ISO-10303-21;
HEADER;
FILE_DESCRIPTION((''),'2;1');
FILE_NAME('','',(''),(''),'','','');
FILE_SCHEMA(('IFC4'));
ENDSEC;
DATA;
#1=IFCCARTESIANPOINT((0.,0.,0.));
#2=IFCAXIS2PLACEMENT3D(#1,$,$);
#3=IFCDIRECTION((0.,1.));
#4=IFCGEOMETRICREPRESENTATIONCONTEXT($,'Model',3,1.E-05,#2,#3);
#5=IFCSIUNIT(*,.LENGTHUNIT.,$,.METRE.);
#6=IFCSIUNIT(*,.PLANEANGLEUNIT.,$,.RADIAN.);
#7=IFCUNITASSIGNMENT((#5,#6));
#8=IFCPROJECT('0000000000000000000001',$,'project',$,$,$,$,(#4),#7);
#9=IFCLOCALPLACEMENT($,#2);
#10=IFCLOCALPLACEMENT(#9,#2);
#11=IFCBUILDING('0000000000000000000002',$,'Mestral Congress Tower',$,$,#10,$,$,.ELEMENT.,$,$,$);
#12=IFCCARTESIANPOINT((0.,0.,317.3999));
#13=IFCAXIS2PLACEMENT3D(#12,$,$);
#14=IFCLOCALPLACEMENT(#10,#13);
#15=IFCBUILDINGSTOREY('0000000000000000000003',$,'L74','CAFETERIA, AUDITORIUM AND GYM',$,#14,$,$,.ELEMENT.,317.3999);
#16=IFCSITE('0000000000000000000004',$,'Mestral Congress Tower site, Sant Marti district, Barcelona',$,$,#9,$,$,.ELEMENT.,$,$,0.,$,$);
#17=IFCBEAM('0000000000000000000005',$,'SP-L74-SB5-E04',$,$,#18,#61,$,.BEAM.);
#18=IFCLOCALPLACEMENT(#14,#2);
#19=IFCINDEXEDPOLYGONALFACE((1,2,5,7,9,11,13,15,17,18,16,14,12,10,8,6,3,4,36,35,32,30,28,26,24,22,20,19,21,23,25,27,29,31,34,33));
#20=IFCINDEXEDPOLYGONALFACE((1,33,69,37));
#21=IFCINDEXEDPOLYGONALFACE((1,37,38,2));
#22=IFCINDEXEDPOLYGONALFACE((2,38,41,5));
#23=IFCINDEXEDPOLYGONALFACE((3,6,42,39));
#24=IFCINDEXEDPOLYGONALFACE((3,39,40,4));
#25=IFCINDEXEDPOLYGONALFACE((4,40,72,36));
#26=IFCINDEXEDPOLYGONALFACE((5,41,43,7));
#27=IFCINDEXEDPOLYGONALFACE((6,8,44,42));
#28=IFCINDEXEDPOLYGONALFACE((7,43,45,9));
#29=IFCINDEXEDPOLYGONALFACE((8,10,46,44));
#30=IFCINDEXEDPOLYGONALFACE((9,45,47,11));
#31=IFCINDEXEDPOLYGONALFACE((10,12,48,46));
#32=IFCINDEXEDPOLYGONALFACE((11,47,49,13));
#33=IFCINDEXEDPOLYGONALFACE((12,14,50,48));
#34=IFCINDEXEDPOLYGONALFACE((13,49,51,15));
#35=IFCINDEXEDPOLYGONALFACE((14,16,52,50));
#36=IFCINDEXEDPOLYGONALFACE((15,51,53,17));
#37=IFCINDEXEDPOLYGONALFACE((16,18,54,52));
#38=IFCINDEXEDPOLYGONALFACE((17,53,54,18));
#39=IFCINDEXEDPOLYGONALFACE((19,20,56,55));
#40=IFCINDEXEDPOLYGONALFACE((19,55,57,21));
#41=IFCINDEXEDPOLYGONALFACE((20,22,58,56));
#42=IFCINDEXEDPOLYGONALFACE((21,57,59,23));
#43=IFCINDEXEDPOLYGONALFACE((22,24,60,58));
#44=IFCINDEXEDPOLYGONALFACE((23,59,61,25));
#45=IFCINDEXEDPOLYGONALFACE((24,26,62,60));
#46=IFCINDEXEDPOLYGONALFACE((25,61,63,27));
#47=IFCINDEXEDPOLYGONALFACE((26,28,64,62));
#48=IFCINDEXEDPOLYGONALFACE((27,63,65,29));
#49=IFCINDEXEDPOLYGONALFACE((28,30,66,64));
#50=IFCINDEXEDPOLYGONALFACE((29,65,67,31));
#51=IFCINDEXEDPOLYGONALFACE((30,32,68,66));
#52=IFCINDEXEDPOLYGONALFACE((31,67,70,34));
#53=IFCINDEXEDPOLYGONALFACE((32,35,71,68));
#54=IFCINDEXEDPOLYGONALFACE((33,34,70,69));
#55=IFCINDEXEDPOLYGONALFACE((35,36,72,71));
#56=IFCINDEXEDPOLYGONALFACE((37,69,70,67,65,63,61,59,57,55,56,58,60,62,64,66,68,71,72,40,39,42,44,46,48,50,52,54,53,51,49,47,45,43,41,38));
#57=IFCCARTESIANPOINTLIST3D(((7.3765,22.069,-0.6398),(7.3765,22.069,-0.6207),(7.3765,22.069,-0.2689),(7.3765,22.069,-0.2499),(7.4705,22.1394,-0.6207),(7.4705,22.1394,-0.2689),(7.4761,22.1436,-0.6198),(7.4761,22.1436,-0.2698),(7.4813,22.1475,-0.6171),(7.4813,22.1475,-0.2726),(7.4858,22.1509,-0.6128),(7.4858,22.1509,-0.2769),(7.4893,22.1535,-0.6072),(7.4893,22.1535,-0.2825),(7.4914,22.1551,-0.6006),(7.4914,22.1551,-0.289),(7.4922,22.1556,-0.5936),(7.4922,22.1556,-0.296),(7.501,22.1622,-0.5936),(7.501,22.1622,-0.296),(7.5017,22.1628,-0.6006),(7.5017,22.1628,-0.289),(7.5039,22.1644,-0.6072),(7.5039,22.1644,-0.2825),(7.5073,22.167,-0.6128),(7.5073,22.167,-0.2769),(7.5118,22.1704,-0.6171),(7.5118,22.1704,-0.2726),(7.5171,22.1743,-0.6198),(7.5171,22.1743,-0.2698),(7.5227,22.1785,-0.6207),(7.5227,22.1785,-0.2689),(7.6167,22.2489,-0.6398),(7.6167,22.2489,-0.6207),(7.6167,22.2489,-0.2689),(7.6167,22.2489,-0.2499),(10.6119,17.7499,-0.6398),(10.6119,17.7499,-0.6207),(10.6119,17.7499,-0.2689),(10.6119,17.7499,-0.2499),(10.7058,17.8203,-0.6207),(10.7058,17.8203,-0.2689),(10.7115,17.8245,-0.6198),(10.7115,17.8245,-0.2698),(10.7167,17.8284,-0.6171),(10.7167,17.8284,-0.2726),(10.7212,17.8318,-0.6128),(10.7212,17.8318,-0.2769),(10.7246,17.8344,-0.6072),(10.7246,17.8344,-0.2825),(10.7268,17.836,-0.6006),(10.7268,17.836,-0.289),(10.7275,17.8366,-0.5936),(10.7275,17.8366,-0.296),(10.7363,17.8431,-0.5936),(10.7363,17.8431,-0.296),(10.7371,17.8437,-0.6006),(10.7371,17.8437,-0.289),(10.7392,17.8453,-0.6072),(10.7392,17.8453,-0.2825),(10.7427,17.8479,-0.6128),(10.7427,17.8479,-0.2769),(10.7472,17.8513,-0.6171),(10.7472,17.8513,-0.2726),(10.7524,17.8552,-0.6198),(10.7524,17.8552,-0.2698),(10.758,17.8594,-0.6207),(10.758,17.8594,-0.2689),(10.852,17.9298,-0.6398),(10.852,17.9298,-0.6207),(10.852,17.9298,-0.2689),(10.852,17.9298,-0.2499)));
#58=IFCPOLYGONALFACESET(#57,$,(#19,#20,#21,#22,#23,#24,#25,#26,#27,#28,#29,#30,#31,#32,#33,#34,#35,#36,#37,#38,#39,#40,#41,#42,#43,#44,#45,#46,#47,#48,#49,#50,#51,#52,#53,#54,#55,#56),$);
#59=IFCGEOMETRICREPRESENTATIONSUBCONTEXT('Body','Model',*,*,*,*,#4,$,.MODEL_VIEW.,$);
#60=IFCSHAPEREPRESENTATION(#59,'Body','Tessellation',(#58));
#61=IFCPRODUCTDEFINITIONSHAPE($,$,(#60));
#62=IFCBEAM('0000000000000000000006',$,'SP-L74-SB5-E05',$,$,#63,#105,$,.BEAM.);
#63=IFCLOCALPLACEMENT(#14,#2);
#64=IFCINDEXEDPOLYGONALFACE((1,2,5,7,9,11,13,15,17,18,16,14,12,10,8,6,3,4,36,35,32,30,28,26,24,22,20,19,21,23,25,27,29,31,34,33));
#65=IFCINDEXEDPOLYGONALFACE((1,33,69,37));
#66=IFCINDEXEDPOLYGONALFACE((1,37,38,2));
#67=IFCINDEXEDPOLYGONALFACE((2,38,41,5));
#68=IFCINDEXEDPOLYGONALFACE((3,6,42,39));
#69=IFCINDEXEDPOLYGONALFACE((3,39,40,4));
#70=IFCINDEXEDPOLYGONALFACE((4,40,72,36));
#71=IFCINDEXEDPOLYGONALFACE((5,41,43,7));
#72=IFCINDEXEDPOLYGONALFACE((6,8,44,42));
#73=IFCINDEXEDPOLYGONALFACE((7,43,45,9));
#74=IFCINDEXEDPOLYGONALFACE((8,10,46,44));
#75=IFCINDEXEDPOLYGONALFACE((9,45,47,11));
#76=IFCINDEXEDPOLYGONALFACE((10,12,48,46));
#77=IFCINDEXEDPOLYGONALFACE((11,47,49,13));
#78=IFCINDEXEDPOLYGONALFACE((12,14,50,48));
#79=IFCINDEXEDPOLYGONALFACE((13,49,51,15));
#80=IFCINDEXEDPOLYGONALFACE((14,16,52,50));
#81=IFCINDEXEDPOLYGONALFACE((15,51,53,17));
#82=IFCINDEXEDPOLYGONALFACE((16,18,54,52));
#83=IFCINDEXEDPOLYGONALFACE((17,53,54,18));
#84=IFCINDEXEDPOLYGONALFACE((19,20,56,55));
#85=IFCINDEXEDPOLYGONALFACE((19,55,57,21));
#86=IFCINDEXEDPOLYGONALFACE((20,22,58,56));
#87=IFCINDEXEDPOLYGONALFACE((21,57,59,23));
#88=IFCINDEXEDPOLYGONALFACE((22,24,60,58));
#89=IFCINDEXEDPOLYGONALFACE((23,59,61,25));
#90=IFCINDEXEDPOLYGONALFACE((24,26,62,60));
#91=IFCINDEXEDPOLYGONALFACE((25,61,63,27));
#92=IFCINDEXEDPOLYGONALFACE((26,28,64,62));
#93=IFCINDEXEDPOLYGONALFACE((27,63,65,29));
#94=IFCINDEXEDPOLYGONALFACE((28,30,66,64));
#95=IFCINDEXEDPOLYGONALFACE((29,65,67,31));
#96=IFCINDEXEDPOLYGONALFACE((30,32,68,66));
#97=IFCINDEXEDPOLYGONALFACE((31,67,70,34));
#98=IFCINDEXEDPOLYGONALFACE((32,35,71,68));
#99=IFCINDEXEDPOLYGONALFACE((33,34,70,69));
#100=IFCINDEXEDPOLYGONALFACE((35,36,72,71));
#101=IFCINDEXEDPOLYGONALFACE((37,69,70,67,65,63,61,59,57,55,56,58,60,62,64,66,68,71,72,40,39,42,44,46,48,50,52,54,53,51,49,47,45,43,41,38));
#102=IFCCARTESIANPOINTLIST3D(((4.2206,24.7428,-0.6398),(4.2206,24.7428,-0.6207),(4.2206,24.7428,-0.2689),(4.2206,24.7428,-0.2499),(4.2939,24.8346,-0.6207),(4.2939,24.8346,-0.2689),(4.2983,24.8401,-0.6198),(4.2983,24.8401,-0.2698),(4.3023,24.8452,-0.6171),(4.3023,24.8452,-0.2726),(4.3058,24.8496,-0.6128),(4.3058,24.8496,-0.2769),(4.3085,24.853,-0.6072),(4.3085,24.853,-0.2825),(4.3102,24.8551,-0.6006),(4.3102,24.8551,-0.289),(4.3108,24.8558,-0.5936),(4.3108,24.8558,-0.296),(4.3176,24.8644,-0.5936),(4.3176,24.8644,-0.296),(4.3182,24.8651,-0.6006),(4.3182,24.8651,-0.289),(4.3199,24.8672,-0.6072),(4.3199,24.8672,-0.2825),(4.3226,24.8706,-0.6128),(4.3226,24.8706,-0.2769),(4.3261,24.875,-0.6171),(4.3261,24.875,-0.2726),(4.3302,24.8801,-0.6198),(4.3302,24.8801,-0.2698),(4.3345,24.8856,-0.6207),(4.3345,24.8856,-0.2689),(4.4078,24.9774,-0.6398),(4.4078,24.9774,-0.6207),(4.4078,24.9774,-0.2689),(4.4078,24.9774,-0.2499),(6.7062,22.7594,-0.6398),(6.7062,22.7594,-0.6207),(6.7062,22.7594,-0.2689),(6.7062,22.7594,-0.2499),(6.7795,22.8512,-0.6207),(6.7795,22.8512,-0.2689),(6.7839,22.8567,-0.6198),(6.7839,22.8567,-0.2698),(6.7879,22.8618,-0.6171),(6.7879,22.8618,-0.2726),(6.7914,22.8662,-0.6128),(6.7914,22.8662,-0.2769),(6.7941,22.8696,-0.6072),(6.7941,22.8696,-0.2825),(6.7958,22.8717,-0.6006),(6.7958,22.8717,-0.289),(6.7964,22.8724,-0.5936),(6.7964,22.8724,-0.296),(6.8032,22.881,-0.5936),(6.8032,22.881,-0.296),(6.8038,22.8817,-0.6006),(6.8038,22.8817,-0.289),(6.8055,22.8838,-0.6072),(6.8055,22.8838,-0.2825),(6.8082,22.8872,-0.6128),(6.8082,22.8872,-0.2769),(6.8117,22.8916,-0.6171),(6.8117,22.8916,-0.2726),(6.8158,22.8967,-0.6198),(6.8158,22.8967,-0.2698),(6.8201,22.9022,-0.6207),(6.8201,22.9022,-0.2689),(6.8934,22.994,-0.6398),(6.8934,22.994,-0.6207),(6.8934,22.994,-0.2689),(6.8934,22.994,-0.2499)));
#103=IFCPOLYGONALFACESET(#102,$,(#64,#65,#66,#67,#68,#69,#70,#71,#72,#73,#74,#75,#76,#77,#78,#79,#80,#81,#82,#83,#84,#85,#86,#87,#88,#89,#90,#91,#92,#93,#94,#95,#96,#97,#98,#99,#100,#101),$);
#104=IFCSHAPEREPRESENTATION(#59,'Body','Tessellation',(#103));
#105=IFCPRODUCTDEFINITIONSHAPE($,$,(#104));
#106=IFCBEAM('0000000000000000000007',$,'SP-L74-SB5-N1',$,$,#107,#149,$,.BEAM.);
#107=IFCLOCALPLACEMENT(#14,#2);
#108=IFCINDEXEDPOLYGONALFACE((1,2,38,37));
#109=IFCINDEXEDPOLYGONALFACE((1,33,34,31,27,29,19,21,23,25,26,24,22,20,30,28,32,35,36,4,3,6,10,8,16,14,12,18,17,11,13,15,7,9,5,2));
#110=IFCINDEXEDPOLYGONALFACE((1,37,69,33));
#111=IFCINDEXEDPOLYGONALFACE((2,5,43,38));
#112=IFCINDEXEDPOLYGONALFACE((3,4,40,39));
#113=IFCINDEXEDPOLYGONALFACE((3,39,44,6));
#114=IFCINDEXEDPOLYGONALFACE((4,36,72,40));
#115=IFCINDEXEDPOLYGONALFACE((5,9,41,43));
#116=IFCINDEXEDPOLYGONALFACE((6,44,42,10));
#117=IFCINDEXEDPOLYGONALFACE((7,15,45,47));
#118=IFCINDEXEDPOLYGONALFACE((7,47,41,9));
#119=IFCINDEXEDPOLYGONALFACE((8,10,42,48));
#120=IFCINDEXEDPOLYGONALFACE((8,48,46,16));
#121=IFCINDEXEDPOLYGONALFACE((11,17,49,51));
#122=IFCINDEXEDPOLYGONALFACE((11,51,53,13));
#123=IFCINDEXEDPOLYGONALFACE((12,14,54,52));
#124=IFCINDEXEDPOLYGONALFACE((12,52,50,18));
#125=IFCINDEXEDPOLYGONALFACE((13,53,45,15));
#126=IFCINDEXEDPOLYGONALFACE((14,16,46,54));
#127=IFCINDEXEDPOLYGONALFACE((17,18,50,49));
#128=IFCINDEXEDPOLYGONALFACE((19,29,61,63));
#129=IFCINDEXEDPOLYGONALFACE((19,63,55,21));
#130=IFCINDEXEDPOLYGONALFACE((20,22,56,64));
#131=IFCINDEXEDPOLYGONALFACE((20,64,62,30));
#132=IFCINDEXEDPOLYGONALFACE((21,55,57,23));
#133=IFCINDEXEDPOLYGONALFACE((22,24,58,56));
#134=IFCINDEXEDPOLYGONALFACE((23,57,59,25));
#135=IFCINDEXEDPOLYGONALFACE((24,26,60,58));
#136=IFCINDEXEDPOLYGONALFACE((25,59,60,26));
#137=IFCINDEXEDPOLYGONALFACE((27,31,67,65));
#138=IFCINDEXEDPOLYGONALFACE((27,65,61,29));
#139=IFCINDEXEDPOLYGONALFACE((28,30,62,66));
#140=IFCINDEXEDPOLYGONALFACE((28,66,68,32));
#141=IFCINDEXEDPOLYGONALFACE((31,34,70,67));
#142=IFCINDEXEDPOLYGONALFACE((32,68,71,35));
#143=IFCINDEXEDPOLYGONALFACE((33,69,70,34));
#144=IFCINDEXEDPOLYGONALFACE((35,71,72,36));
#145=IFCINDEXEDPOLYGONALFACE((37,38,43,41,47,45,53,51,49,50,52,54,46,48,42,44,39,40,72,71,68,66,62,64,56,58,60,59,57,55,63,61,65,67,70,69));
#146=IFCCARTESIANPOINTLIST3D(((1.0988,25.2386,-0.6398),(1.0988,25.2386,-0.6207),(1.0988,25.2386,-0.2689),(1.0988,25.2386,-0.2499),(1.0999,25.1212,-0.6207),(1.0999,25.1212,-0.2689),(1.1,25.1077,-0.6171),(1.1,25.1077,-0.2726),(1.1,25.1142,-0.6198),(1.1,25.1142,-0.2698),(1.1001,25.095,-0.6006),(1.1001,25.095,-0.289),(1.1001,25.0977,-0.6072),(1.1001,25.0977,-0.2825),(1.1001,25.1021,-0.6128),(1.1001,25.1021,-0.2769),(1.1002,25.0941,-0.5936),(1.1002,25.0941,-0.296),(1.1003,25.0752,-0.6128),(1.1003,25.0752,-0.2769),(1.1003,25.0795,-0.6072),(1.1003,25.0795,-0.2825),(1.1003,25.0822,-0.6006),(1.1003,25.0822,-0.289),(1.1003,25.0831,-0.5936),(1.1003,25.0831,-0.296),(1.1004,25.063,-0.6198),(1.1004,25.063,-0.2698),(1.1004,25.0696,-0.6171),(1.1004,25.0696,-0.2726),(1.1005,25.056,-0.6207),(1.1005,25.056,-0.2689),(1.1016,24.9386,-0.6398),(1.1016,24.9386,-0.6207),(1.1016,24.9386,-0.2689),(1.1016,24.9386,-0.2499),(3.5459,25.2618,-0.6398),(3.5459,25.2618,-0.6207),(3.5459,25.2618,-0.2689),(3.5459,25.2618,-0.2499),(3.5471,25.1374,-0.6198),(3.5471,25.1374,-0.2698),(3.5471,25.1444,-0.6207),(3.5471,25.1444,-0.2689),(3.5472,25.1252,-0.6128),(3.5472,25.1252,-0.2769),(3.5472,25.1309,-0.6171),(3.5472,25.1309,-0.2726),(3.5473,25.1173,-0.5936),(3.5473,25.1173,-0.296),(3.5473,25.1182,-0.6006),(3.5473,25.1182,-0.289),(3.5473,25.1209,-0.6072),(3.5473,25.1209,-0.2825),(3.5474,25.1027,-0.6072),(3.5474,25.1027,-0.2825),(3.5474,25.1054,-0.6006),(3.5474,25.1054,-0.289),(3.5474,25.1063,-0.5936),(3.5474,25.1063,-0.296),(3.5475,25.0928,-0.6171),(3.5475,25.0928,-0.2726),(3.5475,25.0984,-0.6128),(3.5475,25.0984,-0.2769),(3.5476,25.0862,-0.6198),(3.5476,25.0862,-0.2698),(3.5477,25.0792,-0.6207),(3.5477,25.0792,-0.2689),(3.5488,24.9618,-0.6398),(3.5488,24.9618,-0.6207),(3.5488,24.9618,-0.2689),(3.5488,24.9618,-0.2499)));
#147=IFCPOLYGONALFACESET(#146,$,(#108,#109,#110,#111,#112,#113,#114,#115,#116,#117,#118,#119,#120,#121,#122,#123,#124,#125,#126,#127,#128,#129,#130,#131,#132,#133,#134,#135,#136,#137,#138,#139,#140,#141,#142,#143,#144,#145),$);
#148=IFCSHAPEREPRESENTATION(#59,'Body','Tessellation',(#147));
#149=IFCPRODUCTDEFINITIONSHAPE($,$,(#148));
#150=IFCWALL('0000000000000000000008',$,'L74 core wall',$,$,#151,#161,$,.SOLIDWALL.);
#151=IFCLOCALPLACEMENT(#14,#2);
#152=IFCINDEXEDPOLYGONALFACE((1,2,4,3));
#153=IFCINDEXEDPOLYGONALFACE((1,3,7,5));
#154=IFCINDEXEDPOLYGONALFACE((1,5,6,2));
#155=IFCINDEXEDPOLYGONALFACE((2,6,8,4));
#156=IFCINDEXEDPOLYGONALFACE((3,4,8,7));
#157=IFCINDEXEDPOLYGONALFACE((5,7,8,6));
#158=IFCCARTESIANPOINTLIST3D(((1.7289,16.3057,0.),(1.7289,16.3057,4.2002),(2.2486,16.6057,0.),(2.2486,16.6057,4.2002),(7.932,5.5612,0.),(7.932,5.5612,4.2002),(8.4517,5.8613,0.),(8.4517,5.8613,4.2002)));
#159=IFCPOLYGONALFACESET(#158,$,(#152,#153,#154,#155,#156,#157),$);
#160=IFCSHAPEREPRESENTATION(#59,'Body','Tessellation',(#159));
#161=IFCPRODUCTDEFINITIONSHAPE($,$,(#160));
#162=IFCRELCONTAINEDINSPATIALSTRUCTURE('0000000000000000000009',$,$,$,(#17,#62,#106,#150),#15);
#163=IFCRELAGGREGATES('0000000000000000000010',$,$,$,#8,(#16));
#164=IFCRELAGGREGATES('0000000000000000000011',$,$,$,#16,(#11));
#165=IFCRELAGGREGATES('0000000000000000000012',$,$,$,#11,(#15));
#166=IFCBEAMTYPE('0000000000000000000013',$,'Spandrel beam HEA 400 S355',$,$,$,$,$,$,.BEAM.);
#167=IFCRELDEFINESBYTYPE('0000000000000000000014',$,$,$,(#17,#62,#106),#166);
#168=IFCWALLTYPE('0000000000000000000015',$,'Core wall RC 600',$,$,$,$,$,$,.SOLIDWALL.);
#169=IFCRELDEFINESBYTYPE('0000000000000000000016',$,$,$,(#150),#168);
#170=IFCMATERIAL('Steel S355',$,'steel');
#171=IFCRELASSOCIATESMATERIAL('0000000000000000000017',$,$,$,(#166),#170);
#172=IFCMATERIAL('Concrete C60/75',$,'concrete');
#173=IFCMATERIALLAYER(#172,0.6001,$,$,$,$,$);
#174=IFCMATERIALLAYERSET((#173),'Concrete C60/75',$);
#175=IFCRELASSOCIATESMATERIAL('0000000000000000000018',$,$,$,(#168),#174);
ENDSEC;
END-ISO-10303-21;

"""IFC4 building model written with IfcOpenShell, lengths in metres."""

from ifc_helpers import new_model, si_unit, direction, frame, frame_2d, origin, origin_2d, place, context, subcontext, project, spatial, rectangle, i_section, extrude, material, layer, layer_set, material_profile, profile_set, type_object, element, save


model = new_model("IFC4")

# Units and contexts
model_context = context("Model", 3, precision=1e-05, world=origin(), true_north=direction((0.0, 1.0)))
body_context = subcontext(model_context, "Body", "Model", "MODEL_VIEW")
ifc_project = project(units=[si_unit("LENGTHUNIT", "METRE"), si_unit("PLANEANGLEUNIT", "RADIAN")], contexts=[model_context])

# Site, building, storey
site_placement = place(None, origin())
site = spatial("IfcSite", under=ifc_project, at=site_placement, Name="Mestral Congress Tower site, Sant Marti district, Barcelona", CompositionType="ELEMENT", RefElevation=0.0)
building_placement = place(site_placement, origin())
building = spatial("IfcBuilding", under=site, at=building_placement, Name="Mestral Congress Tower", CompositionType="ELEMENT")
storey_placement = place(building_placement, frame((0.0, 0.0, 317.3999)))
storey = spatial("IfcBuildingStorey", under=building, at=storey_placement, Name="L74", Description="CAFETERIA, AUDITORIUM AND GYM", CompositionType="ELEMENT", Elevation=317.3999)

# Shared definitions
ifc_material_1 = material(Name="Concrete C60/75", Category="concrete")

# Beams
ifc_material_2 = material(Name="Steel S355", Category="steel")
ifc_material_profile_1 = material_profile(ifc_material_2, i_section(OverallWidth=0.3, OverallDepth=0.3899, WebThickness=0.011, FlangeThickness=0.019, FilletRadius=0.0271, at=origin_2d()), Name="HEA 400")
ifc_profile_set_1 = profile_set([ifc_material_profile_1], Name="Steel S355")
beam_type_1 = type_object("IfcBeamType", Name="Spandrel beam HEA 400 S355", PredefinedType="BEAM", material=ifc_profile_set_1)
beam_1_placement = place(storey_placement, frame((10.7319, 17.8398, -0.4448), z_axis=(-0.599529, 0.800353, 0.0), x_axis=(-0.800353, -0.599529, 0.0)))
element("IfcBeam", 1, at=beam_1_placement, inside=storey, type_object=beam_type_1, Name="SP-L74-SB5-E04", PredefinedType="BEAM", context=body_context, shape_type="SweptSolid", body=[
    extrude(i_section(OverallWidth=0.3, OverallDepth=0.3899, WebThickness=0.011, FlangeThickness=0.019, FilletRadius=0.0271, at=origin_2d()), origin(), (0.0, 0.0, 1.0), 5.3965),
])
beam_2_placement = place(storey_placement, frame((6.7998, 22.8767, -0.4448), z_axis=(-0.781647, 0.623721, 0.0), x_axis=(-0.623721, -0.781647, 0.0)))
element("IfcBeam", 2, at=beam_2_placement, inside=storey, type_object=beam_type_1, Name="SP-L74-SB5-E05", PredefinedType="BEAM", context=body_context, shape_type="SweptSolid", body=[
    extrude(i_section(OverallWidth=0.3, OverallDepth=0.3899, WebThickness=0.011, FlangeThickness=0.019, FilletRadius=0.0271, at=origin_2d()), origin(), (0.0, 0.0, 1.0), 3.1799),
])
beam_3_placement = place(storey_placement, frame((3.5474, 25.1118, -0.4448), z_axis=(-0.999955, -0.009477, 0.0), x_axis=(0.009477, -0.999955, 0.0)))
element("IfcBeam", 3, at=beam_3_placement, inside=storey, type_object=beam_type_1, Name="SP-L74-SB5-N1", PredefinedType="BEAM", context=body_context, shape_type="SweptSolid", body=[
    extrude(i_section(OverallWidth=0.3, OverallDepth=0.3899, WebThickness=0.011, FlangeThickness=0.019, FilletRadius=0.0271, at=origin_2d()), origin(), (0.0, 0.0, 1.0), 2.4473),
])

# Wall
ifc_layer_1 = layer(ifc_material_1, 0.6001)
ifc_layer_set_1 = layer_set([ifc_layer_1], Name="Concrete C60/75")
wall_type_1 = type_object("IfcWallType", Name="Core wall RC 600", PredefinedType="SOLIDWALL", material=ifc_layer_set_1)
wall_1_placement = place(storey_placement, frame((1.9888, 16.4556, 0.0), z_axis=(0.0, 0.0, 1.0), x_axis=(0.499991, -0.866031, 0.0)))
element("IfcWall", 4, at=wall_1_placement, inside=storey, type_object=wall_type_1, Name="L74 core wall", PredefinedType="SOLIDWALL", context=body_context, shape_type="SweptSolid", body=[
    extrude(rectangle(XDim=12.4065, YDim=0.6001, at=frame_2d((6.2031, 0.0))), origin(), (0.0, 0.0, 1.0), 4.2002),
])

save(model, "model.ifc")
